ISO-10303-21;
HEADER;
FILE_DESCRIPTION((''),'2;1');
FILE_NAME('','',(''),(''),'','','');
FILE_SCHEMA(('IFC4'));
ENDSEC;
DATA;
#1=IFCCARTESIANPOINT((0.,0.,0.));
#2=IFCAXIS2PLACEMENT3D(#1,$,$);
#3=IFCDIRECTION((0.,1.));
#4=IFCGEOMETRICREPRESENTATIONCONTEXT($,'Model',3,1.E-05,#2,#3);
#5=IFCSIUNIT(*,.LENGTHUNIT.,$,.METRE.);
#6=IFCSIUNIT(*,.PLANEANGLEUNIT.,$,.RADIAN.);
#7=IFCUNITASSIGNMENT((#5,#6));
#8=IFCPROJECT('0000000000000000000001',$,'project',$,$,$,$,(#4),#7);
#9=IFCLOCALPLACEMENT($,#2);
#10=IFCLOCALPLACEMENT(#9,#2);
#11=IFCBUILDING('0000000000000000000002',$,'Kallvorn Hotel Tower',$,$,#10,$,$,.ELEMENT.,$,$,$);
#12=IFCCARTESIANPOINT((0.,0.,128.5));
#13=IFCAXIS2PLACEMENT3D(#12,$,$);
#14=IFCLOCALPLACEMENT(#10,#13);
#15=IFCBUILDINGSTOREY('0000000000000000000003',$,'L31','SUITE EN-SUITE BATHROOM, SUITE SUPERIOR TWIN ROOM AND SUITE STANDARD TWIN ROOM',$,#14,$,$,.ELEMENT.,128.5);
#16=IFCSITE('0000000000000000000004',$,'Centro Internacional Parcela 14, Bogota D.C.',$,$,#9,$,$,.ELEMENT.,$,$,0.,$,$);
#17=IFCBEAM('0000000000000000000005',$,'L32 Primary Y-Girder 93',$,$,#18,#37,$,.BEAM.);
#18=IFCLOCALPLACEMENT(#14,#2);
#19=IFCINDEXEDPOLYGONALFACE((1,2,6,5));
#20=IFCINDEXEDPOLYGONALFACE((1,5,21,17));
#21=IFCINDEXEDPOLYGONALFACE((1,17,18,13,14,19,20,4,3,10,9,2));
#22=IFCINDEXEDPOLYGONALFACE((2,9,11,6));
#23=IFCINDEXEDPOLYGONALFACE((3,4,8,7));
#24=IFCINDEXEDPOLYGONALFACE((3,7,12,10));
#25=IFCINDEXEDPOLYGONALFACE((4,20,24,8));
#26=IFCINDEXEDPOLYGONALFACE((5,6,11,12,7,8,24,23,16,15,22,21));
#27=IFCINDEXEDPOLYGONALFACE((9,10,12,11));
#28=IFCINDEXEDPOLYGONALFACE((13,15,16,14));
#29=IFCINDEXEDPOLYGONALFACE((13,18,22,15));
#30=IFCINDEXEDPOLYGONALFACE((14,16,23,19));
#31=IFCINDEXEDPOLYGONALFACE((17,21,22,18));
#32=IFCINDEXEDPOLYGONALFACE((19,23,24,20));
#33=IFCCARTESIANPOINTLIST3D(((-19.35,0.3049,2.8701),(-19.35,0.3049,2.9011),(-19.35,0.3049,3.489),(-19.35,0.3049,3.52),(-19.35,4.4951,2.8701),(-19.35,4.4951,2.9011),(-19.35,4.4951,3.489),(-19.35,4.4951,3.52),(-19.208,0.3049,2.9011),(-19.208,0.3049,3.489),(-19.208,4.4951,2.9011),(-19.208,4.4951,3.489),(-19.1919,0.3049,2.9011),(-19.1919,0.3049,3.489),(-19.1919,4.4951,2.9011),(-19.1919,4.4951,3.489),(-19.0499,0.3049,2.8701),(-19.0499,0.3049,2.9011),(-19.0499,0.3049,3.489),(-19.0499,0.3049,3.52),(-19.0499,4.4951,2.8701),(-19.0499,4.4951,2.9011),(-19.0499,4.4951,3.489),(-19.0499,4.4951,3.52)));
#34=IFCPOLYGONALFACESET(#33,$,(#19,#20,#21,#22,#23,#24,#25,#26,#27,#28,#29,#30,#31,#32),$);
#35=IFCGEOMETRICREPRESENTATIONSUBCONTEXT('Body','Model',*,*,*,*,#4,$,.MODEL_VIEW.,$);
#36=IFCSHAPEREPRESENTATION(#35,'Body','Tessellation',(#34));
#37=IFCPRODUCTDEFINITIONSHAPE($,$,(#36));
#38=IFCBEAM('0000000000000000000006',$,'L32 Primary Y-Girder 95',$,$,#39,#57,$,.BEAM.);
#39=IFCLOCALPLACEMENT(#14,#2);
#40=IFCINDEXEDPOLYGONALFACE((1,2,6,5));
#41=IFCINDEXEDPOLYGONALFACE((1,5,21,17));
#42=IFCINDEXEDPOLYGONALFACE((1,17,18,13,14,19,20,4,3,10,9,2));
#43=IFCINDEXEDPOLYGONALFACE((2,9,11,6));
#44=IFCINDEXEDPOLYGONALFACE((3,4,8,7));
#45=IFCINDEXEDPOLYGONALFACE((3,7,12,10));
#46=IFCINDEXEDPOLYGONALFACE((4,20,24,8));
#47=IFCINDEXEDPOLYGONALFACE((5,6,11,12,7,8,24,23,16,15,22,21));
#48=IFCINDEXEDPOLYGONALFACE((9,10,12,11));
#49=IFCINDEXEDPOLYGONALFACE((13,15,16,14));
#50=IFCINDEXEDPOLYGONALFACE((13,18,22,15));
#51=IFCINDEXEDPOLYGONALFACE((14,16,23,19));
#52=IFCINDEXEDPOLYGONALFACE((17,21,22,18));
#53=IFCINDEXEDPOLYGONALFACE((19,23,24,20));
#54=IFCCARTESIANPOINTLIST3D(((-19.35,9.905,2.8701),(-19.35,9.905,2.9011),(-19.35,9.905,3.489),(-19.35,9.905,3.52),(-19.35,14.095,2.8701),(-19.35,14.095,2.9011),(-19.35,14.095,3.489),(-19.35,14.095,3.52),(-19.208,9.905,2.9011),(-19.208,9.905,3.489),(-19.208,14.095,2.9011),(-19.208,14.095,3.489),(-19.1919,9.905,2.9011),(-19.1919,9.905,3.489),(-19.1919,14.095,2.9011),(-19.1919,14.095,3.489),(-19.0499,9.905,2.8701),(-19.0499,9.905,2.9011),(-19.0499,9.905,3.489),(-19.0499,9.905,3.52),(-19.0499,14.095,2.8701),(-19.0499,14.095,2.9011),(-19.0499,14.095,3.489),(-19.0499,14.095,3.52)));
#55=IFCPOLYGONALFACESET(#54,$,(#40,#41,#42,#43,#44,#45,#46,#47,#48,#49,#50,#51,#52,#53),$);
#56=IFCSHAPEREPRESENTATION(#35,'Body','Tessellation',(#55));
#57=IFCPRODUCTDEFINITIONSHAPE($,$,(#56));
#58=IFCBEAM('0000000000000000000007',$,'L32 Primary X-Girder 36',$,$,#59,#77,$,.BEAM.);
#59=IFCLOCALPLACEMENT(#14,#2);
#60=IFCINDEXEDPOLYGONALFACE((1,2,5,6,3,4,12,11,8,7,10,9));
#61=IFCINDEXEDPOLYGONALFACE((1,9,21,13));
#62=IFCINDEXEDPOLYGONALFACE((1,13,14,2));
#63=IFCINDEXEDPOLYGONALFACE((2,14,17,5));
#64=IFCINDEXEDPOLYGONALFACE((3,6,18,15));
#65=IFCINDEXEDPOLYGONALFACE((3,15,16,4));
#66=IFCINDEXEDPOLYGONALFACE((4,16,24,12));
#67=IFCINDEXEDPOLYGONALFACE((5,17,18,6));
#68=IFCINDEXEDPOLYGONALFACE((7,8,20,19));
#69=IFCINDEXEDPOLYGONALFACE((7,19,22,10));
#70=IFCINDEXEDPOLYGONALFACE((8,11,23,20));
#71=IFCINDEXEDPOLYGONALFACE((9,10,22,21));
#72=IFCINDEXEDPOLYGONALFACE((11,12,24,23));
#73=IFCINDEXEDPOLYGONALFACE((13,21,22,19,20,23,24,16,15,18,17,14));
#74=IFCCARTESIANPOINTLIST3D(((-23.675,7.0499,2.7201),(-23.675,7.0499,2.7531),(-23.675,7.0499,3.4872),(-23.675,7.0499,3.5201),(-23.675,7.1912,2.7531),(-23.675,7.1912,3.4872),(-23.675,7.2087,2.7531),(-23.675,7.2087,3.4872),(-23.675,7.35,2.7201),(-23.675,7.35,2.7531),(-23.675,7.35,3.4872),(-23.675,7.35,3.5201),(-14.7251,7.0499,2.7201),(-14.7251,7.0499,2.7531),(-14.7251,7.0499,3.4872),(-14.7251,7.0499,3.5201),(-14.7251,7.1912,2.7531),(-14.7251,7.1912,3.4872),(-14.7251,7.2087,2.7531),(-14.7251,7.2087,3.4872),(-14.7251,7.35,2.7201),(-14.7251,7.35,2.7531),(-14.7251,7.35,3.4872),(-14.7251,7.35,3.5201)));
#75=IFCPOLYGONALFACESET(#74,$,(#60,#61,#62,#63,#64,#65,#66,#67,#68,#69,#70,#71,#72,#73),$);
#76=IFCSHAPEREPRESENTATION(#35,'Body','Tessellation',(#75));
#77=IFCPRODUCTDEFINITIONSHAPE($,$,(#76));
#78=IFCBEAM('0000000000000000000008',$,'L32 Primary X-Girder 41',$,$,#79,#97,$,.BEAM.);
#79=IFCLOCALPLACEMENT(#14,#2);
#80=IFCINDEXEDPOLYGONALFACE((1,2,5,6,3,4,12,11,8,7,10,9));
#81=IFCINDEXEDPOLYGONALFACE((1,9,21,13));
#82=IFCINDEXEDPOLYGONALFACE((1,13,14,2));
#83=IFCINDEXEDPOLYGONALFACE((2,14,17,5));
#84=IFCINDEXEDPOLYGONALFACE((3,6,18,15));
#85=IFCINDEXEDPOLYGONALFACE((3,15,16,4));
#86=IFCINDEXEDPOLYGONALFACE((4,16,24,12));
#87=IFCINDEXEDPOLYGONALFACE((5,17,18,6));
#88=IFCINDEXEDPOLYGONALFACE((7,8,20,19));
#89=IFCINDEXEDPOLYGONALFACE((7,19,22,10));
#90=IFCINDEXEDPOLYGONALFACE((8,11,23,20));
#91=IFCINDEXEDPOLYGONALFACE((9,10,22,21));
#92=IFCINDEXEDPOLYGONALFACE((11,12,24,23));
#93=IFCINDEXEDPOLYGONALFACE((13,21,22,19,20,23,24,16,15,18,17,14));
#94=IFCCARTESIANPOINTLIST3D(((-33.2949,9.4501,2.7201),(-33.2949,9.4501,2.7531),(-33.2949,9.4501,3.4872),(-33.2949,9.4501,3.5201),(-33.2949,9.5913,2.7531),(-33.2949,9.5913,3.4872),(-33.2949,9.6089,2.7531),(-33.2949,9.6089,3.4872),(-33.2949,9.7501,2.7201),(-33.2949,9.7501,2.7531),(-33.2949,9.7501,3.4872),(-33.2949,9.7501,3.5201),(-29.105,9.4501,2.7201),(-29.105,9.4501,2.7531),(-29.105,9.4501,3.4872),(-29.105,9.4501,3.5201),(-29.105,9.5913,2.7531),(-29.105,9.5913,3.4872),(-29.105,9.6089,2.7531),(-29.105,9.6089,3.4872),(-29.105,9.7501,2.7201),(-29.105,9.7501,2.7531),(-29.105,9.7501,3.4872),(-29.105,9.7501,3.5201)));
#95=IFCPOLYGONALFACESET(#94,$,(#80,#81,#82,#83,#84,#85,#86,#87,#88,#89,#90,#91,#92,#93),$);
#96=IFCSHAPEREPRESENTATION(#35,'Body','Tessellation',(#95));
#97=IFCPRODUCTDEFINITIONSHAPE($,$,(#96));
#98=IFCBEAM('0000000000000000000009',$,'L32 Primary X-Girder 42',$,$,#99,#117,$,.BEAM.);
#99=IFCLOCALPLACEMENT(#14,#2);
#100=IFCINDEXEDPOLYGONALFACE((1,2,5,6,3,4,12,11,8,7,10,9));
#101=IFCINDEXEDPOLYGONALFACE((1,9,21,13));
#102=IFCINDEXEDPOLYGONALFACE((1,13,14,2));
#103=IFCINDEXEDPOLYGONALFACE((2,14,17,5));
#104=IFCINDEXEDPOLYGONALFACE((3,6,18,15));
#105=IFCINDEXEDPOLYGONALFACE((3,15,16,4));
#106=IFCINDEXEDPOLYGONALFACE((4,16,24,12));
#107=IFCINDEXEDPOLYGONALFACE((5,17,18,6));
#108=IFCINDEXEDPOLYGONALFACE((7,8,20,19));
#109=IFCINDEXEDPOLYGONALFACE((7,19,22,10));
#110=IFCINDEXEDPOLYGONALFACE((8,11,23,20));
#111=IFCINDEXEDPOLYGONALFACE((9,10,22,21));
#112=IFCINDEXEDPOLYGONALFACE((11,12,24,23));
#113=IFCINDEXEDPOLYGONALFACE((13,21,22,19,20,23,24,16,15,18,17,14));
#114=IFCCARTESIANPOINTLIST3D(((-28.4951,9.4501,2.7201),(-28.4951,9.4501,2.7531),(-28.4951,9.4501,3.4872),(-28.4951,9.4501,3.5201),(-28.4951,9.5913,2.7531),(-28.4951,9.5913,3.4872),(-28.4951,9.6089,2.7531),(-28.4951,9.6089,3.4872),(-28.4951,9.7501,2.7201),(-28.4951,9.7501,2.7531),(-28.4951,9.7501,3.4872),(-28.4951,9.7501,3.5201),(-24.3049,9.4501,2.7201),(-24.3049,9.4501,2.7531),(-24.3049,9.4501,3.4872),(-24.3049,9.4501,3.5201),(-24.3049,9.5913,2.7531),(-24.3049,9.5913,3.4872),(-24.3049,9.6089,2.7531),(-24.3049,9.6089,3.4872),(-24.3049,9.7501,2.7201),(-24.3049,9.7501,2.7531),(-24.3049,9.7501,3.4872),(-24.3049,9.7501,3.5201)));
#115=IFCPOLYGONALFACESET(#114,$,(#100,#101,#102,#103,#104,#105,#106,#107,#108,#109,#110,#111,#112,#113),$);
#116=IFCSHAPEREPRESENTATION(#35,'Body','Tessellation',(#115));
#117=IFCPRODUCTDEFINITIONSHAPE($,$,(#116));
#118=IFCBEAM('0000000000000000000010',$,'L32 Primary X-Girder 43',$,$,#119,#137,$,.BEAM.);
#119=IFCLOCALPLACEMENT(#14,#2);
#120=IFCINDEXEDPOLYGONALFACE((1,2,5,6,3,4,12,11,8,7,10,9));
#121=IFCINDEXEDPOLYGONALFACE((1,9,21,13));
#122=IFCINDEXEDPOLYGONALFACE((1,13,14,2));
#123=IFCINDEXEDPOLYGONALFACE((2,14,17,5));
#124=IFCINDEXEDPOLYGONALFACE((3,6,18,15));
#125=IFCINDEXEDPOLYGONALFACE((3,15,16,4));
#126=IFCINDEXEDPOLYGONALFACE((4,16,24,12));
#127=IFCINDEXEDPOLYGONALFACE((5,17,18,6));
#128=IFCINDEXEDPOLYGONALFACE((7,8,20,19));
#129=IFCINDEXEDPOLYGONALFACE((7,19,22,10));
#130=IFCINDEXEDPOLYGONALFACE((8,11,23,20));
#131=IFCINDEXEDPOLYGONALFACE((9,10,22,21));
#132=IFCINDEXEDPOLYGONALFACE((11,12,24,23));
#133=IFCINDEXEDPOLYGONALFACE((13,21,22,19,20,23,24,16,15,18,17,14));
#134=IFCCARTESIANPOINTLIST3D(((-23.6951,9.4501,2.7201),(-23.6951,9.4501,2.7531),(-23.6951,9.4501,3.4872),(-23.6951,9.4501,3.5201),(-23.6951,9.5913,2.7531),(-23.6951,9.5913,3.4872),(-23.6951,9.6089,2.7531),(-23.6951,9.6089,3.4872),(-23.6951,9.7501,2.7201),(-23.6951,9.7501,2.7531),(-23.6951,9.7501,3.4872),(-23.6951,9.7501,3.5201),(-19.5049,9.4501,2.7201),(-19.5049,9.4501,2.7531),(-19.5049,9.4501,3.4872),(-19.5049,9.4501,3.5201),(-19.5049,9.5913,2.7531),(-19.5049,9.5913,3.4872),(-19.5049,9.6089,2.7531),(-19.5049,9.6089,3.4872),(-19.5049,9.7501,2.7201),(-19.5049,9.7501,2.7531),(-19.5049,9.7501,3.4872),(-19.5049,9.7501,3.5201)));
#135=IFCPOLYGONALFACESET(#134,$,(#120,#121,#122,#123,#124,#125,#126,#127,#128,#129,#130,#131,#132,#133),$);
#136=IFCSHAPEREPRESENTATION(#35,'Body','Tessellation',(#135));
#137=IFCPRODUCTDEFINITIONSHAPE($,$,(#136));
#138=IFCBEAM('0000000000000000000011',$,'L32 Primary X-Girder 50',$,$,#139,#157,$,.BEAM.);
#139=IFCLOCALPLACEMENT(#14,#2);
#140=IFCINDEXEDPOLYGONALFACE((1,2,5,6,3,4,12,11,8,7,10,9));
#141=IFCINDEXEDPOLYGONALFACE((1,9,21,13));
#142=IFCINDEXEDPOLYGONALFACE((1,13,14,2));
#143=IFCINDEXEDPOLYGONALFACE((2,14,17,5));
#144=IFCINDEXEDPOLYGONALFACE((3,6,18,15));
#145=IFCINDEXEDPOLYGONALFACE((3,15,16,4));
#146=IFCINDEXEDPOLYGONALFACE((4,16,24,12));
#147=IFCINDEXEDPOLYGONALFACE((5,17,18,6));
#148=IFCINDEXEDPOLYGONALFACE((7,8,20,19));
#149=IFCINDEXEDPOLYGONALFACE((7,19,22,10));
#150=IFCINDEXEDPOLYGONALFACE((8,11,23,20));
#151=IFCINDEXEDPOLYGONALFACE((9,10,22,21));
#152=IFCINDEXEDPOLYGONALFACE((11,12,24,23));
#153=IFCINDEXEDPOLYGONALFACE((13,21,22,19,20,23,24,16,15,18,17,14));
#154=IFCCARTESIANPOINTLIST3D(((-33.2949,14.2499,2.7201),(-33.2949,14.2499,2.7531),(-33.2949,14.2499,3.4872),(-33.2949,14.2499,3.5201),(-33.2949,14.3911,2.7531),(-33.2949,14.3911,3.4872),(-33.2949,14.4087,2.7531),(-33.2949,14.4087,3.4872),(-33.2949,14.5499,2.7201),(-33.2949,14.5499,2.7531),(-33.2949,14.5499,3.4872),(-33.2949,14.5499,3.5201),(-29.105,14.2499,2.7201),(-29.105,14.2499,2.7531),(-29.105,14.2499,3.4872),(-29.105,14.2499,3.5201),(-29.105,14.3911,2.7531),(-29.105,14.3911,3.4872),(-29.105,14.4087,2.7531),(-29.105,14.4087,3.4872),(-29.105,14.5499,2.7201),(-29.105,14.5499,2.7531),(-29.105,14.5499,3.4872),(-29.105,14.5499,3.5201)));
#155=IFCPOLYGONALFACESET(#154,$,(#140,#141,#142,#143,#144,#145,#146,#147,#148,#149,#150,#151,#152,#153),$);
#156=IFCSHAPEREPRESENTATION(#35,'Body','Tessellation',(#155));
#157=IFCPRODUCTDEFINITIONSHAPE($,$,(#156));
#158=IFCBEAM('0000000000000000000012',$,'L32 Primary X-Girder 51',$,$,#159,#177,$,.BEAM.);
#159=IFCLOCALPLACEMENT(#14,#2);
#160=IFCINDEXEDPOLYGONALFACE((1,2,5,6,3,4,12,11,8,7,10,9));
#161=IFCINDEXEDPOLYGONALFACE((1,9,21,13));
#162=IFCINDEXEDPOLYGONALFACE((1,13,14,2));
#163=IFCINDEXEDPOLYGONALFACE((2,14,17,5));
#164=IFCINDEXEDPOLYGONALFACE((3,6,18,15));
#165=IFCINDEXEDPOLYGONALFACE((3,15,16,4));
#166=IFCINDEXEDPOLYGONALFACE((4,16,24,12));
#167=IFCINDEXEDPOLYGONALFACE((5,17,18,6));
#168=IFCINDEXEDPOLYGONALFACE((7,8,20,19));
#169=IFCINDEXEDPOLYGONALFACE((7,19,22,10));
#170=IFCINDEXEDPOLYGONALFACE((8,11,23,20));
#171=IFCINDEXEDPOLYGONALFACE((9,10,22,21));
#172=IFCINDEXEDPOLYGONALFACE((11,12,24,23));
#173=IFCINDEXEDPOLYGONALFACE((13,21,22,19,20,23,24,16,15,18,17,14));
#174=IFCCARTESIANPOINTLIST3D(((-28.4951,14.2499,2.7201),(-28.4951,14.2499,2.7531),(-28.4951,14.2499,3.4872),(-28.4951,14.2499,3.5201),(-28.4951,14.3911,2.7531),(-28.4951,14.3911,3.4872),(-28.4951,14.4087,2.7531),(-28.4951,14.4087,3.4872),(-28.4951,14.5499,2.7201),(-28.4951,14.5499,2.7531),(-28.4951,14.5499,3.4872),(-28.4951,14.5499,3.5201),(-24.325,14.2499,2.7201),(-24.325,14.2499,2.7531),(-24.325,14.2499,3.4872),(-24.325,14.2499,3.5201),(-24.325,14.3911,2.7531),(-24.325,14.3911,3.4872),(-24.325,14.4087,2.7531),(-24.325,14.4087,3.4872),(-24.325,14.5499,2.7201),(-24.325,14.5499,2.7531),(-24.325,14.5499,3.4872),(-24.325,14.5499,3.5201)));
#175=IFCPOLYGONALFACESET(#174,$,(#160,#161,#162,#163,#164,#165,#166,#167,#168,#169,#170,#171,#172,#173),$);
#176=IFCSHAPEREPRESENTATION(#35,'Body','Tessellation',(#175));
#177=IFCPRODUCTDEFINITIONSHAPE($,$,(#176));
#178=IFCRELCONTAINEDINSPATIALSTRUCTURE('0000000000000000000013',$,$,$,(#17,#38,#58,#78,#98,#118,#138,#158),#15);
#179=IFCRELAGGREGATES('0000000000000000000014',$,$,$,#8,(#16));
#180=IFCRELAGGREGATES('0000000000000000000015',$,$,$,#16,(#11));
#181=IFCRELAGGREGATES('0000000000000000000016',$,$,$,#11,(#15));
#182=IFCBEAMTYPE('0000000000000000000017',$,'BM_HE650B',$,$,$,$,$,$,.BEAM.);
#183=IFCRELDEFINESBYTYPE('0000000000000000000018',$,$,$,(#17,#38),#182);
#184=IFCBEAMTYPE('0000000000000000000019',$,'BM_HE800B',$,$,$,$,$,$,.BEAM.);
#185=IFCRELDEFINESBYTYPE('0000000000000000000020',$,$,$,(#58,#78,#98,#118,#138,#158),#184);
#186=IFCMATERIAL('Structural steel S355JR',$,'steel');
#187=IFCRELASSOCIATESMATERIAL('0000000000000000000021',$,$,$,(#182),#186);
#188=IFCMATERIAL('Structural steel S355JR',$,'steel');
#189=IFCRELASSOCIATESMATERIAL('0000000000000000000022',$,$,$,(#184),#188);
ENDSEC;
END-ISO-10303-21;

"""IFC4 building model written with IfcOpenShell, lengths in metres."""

from ifc_helpers import new_model, si_unit, direction, frame, origin, origin_2d, place, context, subcontext, project, spatial, i_section, extrude, material, material_profile, profile_set, type_object, element, save


model = new_model("IFC4")

# Units and contexts
model_context = context("Model", 3, precision=1e-05, world=origin(), true_north=direction((0.0, 1.0)))
body_context = subcontext(model_context, "Body", "Model", "MODEL_VIEW")
ifc_project = project(units=[si_unit("LENGTHUNIT", "METRE"), si_unit("PLANEANGLEUNIT", "RADIAN")], contexts=[model_context])

# Site, building, storey
site_placement = place(None, origin())
site = spatial("IfcSite", under=ifc_project, at=site_placement, Name="Centro Internacional Parcela 14, Bogota D.C.", CompositionType="ELEMENT", RefElevation=0.0)
building_placement = place(site_placement, origin())
building = spatial("IfcBuilding", under=site, at=building_placement, Name="Kallvorn Hotel Tower", CompositionType="ELEMENT")
storey_placement = place(building_placement, frame((0.0, 0.0, 128.5)))
storey = spatial("IfcBuildingStorey", under=building, at=storey_placement, Name="L31", Description="SUITE EN-SUITE BATHROOM, SUITE SUPERIOR TWIN ROOM AND SUITE STANDARD TWIN ROOM", CompositionType="ELEMENT", Elevation=128.5)

# Beams
ifc_material_1 = material(Name="Structural steel S355JR", Category="steel")
ifc_material_profile_1 = material_profile(ifc_material_1, i_section(OverallWidth=0.3, OverallDepth=0.6499, WebThickness=0.0161, FlangeThickness=0.031, at=origin_2d()), Name="HE 650 B")
ifc_profile_set_1 = profile_set([ifc_material_profile_1], Name="Structural steel S355JR")
beam_type_1 = type_object("IfcBeamType", Name="BM_HE650B", PredefinedType="BEAM", material=ifc_profile_set_1)
beam_1_placement = place(storey_placement, frame((-19.2, 0.3049, 3.1951), z_axis=(0.0, 1.0, 0.0), x_axis=(-1.0, 0.0, 0.0)))
element("IfcBeam", 1, at=beam_1_placement, inside=storey, type_object=beam_type_1, Name="L32 Primary Y-Girder 93", PredefinedType="BEAM", context=body_context, shape_type="SweptSolid", body=[
    extrude(i_section(OverallWidth=0.3, OverallDepth=0.6499, WebThickness=0.0161, FlangeThickness=0.031, at=origin_2d()), origin(), (0.0, 0.0, 1.0), 4.1902),
])
beam_2_placement = place(storey_placement, frame((-19.2, 9.905, 3.1951), z_axis=(0.0, 1.0, 0.0), x_axis=(-1.0, 0.0, 0.0)))
element("IfcBeam", 2, at=beam_2_placement, inside=storey, type_object=beam_type_1, Name="L32 Primary Y-Girder 95", PredefinedType="BEAM", context=body_context, shape_type="SweptSolid", body=[
    extrude(i_section(OverallWidth=0.3, OverallDepth=0.6499, WebThickness=0.0161, FlangeThickness=0.031, at=origin_2d()), origin(), (0.0, 0.0, 1.0), 4.1899),
])
ifc_material_2 = material(Name="Structural steel S355JR", Category="steel")
ifc_material_profile_2 = material_profile(ifc_material_2, i_section(OverallWidth=0.3, OverallDepth=0.8, WebThickness=0.0176, FlangeThickness=0.033, at=origin_2d()), Name="HE 800 B")
ifc_profile_set_2 = profile_set([ifc_material_profile_2], Name="Structural steel S355JR")
beam_type_2 = type_object("IfcBeamType", Name="BM_HE800B", PredefinedType="BEAM", material=ifc_profile_set_2)
beam_3_placement = place(storey_placement, frame((-23.675, 7.2, 3.1201), z_axis=(1.0, 0.0, 0.0), x_axis=(0.0, 1.0, 0.0)))
element("IfcBeam", 3, at=beam_3_placement, inside=storey, type_object=beam_type_2, Name="L32 Primary X-Girder 36", PredefinedType="BEAM", context=body_context, shape_type="SweptSolid", body=[
    extrude(i_section(OverallWidth=0.3, OverallDepth=0.8, WebThickness=0.0176, FlangeThickness=0.033, at=origin_2d()), origin(), (0.0, 0.0, 1.0), 8.95),
])
beam_4_placement = place(storey_placement, frame((-33.2949, 9.6001, 3.1201), z_axis=(1.0, 0.0, 0.0), x_axis=(0.0, 1.0, 0.0)))
element("IfcBeam", 4, at=beam_4_placement, inside=storey, type_object=beam_type_2, Name="L32 Primary X-Girder 41", PredefinedType="BEAM", context=body_context, shape_type="SweptSolid", body=[
    extrude(i_section(OverallWidth=0.3, OverallDepth=0.8, WebThickness=0.0176, FlangeThickness=0.033, at=origin_2d()), origin(), (0.0, 0.0, 1.0), 4.1899),
])
for number, where, z_axis, x_axis, name in (
    (5, (-28.4951, 9.6001, 3.1201), (1.0, 0.0, 0.0), (0.0, 1.0, 0.0), "L32 Primary X-Girder 42"),
    (6, (-23.6951, 9.6001, 3.1201), (1.0, 0.0, 0.0), (0.0, 1.0, 0.0), "L32 Primary X-Girder 43"),
):
    element("IfcBeam", number, at=place(storey_placement, frame(where, z_axis=z_axis, x_axis=x_axis)), inside=storey, type_object=beam_type_2, Name=name, PredefinedType="BEAM", context=body_context, shape_type="SweptSolid", body=[
        extrude(i_section(OverallWidth=0.3, OverallDepth=0.8, WebThickness=0.0176, FlangeThickness=0.033, at=origin_2d()), origin(), (0.0, 0.0, 1.0), 4.1902),
    ])
beam_5_placement = place(storey_placement, frame((-33.2949, 14.3999, 3.1201), z_axis=(1.0, 0.0, 0.0), x_axis=(0.0, 1.0, 0.0)))
element("IfcBeam", 7, at=beam_5_placement, inside=storey, type_object=beam_type_2, Name="L32 Primary X-Girder 50", PredefinedType="BEAM", context=body_context, shape_type="SweptSolid", body=[
    extrude(i_section(OverallWidth=0.3, OverallDepth=0.8, WebThickness=0.0176, FlangeThickness=0.033, at=origin_2d()), origin(), (0.0, 0.0, 1.0), 4.1899),
])
beam_6_placement = place(storey_placement, frame((-28.4951, 14.3999, 3.1201), z_axis=(1.0, 0.0, 0.0), x_axis=(0.0, 1.0, 0.0)))
element("IfcBeam", 8, at=beam_6_placement, inside=storey, type_object=beam_type_2, Name="L32 Primary X-Girder 51", PredefinedType="BEAM", context=body_context, shape_type="SweptSolid", body=[
    extrude(i_section(OverallWidth=0.3, OverallDepth=0.8, WebThickness=0.0176, FlangeThickness=0.033, at=origin_2d()), origin(), (0.0, 0.0, 1.0), 4.1702),
])

save(model, "model.ifc")
